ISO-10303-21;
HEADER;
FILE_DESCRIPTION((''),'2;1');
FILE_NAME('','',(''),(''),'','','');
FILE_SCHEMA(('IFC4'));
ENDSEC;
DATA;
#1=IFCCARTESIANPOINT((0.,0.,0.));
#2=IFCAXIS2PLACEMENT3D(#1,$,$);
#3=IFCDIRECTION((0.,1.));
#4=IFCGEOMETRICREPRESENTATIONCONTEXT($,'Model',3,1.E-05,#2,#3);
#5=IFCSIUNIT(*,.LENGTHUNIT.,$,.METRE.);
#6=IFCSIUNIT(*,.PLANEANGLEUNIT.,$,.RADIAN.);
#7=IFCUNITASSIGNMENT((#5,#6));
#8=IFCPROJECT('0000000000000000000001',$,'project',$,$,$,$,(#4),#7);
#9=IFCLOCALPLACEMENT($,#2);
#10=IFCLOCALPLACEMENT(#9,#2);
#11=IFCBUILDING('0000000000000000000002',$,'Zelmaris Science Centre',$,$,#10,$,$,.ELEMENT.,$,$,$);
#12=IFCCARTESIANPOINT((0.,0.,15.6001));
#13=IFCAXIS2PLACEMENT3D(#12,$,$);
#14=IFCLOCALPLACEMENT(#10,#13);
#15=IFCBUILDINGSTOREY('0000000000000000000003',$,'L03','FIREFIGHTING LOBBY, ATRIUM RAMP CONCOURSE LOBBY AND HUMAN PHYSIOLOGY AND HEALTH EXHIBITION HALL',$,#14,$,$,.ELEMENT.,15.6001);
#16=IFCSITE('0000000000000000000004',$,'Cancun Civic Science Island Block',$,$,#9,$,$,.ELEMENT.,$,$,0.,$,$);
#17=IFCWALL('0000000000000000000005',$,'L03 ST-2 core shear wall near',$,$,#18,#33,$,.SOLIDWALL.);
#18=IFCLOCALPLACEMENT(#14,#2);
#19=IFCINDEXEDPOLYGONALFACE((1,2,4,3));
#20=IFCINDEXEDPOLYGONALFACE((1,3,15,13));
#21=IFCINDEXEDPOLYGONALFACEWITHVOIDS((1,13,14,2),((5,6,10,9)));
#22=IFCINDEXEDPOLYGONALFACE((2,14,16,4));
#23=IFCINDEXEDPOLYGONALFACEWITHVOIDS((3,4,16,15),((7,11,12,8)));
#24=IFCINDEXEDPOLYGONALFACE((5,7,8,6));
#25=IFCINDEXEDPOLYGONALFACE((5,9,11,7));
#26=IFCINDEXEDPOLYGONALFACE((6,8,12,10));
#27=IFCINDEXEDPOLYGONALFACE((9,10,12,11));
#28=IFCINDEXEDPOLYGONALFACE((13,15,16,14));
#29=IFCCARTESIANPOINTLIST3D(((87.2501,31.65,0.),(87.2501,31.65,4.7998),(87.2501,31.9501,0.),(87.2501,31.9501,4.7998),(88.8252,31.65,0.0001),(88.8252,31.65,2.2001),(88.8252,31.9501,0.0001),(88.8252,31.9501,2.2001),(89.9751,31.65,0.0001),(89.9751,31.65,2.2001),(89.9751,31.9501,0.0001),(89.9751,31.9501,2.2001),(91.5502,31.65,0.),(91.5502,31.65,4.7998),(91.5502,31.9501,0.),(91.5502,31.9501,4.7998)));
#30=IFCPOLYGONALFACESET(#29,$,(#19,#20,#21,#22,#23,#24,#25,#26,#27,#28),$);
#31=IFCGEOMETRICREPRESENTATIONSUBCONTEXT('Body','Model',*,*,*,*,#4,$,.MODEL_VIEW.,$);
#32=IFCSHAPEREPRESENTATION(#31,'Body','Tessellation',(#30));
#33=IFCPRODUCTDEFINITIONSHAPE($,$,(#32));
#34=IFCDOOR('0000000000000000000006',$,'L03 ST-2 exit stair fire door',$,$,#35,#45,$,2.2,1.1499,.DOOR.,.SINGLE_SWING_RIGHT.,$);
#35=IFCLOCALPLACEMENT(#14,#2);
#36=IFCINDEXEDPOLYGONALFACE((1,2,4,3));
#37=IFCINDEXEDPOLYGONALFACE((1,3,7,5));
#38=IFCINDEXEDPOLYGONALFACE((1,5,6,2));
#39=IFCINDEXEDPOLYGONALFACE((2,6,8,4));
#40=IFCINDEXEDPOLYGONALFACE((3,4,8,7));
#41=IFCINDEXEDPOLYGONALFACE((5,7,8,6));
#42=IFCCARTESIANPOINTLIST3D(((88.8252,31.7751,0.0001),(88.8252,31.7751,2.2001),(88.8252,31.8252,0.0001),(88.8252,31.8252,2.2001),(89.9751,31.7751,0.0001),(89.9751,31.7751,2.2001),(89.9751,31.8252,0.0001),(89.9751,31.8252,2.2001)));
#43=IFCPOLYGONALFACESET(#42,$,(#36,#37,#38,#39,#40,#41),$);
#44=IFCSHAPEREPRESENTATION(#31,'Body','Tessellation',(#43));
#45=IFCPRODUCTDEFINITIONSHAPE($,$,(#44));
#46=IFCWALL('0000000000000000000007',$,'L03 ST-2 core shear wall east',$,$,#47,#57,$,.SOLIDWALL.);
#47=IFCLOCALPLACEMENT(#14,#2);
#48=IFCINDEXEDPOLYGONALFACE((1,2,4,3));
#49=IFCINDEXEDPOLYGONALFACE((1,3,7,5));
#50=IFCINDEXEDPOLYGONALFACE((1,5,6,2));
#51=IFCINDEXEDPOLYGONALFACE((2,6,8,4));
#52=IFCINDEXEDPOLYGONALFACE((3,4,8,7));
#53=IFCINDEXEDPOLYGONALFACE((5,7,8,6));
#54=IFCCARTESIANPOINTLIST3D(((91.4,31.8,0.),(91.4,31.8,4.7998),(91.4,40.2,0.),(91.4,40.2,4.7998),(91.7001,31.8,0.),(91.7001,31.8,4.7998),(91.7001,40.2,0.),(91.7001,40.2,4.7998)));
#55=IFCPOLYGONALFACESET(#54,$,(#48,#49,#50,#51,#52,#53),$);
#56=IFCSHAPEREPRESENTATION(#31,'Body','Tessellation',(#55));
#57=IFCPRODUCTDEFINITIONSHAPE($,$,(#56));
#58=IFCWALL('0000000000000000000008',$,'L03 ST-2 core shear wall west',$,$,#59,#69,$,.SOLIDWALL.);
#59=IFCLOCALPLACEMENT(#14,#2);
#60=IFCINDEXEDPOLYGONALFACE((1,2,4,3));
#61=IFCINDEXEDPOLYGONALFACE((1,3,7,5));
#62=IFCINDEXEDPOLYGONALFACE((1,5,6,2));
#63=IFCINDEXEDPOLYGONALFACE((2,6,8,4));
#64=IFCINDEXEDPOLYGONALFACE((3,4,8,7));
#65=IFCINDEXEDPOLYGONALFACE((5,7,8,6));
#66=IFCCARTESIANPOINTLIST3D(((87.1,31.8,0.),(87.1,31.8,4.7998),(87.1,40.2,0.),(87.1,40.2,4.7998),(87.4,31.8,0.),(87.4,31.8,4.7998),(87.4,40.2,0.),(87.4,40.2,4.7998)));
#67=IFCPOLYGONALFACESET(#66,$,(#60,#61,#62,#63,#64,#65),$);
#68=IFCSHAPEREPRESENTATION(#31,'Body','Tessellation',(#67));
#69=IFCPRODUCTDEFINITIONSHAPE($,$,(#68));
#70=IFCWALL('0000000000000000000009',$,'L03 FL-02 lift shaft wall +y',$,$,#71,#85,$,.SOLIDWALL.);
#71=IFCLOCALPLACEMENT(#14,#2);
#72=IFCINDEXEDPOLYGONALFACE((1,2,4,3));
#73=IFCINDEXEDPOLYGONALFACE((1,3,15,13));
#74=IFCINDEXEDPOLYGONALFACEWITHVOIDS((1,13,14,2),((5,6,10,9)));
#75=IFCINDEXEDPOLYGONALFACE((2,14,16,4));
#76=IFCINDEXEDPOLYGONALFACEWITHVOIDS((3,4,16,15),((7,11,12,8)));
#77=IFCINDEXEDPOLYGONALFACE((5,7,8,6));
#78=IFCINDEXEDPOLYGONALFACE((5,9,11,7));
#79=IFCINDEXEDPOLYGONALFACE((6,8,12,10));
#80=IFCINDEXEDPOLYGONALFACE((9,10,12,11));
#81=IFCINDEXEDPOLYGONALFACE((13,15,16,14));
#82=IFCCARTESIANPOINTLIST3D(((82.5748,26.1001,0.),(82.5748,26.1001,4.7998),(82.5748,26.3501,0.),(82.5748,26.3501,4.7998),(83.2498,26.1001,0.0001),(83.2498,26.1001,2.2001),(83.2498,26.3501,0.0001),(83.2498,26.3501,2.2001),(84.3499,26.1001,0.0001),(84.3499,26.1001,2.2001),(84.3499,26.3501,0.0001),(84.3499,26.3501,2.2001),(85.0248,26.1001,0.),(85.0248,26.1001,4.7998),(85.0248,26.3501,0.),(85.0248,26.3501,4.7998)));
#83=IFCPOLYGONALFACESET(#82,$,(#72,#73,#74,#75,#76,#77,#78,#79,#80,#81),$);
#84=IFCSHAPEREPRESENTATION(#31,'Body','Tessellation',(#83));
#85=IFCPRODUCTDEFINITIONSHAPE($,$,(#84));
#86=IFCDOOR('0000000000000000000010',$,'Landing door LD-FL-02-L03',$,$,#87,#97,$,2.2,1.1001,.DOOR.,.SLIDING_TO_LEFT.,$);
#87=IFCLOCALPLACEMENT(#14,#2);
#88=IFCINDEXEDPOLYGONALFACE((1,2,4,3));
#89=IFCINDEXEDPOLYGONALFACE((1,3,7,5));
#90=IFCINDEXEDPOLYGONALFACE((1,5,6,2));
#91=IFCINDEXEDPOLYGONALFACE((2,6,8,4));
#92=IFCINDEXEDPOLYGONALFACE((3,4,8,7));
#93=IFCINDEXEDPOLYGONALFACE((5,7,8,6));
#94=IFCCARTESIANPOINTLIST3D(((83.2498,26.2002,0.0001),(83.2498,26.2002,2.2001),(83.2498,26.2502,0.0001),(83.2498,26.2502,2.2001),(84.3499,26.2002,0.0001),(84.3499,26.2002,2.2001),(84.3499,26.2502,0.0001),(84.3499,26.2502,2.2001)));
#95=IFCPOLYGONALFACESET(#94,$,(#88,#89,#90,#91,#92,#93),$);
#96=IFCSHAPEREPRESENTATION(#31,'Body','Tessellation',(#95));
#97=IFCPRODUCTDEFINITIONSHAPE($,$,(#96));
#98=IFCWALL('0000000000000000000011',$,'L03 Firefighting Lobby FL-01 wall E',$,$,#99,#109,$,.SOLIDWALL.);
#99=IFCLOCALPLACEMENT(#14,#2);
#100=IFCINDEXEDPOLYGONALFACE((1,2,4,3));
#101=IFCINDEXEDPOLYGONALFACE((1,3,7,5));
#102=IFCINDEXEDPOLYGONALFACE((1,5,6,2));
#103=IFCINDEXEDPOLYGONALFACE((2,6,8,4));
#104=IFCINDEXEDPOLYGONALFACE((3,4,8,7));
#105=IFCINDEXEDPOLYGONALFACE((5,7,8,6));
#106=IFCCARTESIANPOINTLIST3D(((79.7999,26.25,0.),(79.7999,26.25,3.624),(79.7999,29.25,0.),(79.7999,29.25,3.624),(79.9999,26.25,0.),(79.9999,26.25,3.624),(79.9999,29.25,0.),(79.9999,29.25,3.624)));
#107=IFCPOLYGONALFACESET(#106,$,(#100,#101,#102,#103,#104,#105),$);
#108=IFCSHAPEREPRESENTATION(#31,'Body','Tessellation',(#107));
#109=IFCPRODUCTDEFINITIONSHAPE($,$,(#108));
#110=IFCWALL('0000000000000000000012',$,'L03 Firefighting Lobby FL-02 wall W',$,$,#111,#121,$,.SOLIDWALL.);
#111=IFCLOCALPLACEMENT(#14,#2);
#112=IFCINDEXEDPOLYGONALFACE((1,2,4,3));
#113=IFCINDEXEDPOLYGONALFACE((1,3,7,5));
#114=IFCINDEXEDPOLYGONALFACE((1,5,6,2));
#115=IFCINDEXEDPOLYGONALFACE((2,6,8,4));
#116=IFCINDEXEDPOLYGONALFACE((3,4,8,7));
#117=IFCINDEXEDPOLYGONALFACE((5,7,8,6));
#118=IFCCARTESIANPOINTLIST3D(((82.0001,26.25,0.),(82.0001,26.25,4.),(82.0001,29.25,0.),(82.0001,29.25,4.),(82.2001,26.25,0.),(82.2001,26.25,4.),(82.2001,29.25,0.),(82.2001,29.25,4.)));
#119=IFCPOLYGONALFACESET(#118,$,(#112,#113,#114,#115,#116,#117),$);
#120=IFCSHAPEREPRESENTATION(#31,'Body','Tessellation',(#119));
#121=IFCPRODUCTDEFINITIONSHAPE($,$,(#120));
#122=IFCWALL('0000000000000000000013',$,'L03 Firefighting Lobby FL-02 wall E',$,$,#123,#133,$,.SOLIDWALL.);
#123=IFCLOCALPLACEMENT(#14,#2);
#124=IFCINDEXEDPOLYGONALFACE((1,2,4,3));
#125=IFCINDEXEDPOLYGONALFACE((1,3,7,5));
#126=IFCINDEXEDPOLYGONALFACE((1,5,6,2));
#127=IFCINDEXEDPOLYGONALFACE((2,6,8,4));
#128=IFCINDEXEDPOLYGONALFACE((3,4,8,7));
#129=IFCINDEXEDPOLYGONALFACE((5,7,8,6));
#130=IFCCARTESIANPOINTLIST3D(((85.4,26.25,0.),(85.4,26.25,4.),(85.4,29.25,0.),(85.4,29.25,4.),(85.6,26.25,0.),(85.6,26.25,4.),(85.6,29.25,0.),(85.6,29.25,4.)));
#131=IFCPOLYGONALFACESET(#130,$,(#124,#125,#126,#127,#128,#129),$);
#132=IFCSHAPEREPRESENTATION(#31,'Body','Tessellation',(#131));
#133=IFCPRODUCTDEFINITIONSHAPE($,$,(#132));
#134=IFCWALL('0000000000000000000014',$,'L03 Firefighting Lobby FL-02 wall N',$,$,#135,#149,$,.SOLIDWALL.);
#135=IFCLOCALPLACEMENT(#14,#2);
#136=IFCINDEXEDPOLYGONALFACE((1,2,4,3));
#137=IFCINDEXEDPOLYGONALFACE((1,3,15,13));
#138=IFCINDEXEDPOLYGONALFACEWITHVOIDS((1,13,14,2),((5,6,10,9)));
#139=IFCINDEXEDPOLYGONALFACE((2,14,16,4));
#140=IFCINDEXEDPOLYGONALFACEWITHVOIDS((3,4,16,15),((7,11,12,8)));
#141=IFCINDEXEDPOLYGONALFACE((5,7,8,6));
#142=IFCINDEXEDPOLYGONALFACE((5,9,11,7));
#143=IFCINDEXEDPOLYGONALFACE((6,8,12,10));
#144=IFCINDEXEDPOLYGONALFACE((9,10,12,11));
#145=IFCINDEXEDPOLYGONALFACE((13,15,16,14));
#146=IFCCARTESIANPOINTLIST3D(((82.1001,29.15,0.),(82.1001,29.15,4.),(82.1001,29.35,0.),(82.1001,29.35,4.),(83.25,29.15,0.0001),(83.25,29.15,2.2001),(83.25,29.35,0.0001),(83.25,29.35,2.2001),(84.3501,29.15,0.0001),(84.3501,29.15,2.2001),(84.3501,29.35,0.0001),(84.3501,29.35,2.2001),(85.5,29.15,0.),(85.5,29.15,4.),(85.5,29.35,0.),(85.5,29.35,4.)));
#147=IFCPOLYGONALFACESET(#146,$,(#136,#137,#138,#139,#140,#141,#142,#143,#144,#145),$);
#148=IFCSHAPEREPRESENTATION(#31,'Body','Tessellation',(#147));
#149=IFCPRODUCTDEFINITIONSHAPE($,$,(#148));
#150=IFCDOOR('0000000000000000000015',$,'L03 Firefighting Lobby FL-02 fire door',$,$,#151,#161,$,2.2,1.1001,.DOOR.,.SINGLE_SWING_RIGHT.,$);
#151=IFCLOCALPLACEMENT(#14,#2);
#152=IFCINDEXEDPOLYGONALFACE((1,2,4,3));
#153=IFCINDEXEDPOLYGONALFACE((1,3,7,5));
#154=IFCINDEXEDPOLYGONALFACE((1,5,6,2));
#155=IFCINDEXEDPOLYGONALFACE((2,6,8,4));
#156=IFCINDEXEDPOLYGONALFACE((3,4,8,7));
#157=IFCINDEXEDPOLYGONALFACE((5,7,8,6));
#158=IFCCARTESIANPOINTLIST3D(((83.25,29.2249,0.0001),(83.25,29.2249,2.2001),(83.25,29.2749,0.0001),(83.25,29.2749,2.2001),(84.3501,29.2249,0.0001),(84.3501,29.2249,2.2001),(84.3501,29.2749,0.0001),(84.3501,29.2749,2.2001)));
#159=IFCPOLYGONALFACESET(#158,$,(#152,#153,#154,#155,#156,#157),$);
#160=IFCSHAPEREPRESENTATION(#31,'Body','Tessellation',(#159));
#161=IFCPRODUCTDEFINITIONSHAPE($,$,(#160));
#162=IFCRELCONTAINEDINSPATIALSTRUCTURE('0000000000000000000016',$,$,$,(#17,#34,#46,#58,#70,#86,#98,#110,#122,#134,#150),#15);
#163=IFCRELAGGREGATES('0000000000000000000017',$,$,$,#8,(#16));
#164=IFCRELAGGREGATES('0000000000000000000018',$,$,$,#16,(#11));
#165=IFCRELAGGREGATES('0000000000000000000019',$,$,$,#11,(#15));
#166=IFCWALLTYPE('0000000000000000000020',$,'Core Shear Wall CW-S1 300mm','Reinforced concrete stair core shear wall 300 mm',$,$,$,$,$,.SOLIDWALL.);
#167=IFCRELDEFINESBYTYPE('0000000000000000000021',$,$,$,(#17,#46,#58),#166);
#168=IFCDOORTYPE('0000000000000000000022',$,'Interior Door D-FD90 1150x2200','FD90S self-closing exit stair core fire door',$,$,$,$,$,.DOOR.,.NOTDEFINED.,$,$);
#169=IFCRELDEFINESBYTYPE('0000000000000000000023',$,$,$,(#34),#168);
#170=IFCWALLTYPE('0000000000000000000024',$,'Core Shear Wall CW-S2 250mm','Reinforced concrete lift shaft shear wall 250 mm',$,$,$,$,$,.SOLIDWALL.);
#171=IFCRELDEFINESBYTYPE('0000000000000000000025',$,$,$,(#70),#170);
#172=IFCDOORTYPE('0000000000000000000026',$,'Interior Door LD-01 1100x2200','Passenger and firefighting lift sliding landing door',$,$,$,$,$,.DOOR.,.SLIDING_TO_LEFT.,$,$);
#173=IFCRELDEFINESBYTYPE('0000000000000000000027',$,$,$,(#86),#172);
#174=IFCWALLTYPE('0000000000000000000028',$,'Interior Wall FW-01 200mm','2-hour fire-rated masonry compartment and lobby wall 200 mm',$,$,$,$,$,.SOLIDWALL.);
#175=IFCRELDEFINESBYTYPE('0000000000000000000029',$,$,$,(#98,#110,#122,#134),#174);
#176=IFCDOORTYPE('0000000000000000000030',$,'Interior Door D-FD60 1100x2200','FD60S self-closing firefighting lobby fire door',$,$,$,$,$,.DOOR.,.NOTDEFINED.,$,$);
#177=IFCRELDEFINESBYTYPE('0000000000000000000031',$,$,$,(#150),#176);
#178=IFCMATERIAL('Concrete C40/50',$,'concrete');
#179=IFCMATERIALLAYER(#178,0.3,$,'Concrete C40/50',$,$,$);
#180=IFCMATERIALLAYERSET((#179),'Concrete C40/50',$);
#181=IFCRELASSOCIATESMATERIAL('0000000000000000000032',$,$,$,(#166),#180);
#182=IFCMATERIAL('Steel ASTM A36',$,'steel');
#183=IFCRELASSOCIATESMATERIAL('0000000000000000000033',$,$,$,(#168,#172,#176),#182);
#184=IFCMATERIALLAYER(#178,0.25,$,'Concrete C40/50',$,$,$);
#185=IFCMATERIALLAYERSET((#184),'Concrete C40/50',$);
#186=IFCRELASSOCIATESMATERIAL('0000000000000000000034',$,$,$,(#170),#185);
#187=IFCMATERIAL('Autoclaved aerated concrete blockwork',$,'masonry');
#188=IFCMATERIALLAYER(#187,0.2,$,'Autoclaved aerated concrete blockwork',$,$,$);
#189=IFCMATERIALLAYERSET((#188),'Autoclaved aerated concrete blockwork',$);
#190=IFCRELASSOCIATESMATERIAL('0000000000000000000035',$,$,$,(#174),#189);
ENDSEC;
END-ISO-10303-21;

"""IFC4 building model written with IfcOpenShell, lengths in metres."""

from ifc_helpers import new_model, si_unit, direction, frame, frame_2d, origin, place, context, subcontext, project, spatial, rectangle, extrude, material, layer, layer_set, type_object, element, fill, save


model = new_model("IFC4")

# Units and contexts
model_context = context("Model", 3, precision=1e-05, world=origin(), true_north=direction((0.0, 1.0)))
body_context = subcontext(model_context, "Body", "Model", "MODEL_VIEW")
ifc_project = project(units=[si_unit("LENGTHUNIT", "METRE"), si_unit("PLANEANGLEUNIT", "RADIAN")], contexts=[model_context])

# Site, building, storey
site_placement = place(None, origin())
site = spatial("IfcSite", under=ifc_project, at=site_placement, Name="Cancun Civic Science Island Block", CompositionType="ELEMENT", RefElevation=0.0)
building_placement = place(site_placement, origin())
building = spatial("IfcBuilding", under=site, at=building_placement, Name="Zelmaris Science Centre", CompositionType="ELEMENT")
storey_placement = place(building_placement, frame((0.0, 0.0, 15.6001)))
storey = spatial("IfcBuildingStorey", under=building, at=storey_placement, Name="L03", Description="FIREFIGHTING LOBBY, ATRIUM RAMP CONCOURSE LOBBY AND HUMAN PHYSIOLOGY AND HEALTH EXHIBITION HALL", CompositionType="ELEMENT", Elevation=15.6001)

# Wall, opening, door
ifc_material_1 = material(Name="Concrete C40/50", Category="concrete")
ifc_layer_1 = layer(ifc_material_1, 0.3, Name="Concrete C40/50")
ifc_layer_set_1 = layer_set([ifc_layer_1], Name="Concrete C40/50")
wall_type_1 = type_object("IfcWallType", Name="Core Shear Wall CW-S1 300mm", Description="Reinforced concrete stair core shear wall 300 mm", PredefinedType="SOLIDWALL", material=ifc_layer_set_1)
wall_1_placement = place(storey_placement, frame((91.55, 31.8, 0.0), z_axis=(0.0, 0.0, 1.0), x_axis=(-1.0, 0.0, 0.0)))
wall_1 = element("IfcWall", 1, at=wall_1_placement, inside=storey, type_object=wall_type_1, Name="L03 ST-2 core shear wall near", PredefinedType="SOLIDWALL", context=body_context, shape_type="SweptSolid", body=[
    extrude(rectangle(XDim=4.3, YDim=0.3, at=frame_2d((2.1499, 0.0))), origin(), (0.0, 0.0, 1.0), 4.7998),
])
opening_1_placement = place(wall_1_placement, frame((1.575, 0.0, 0.0)))
opening_1 = element("IfcOpeningElement", 2, at=opening_1_placement, cuts=wall_1, PredefinedType="OPENING", context=body_context, shape_type="SweptSolid", body=[
    extrude(rectangle(XDim=1.1499, YDim=2.2, at=frame_2d((0.575, 1.1001))), frame((0.0, 0.1599, 0.0), z_axis=(0.0, -1.0, 0.0), x_axis=(1.0, 0.0, 0.0)), (0.0, 0.0, 1.0), 0.3201),
])
ifc_material_2 = material(Name="Steel ASTM A36", Category="steel")
door_type_1 = type_object("IfcDoorType", Name="Interior Door D-FD90 1150x2200", Description="FD90S self-closing exit stair core fire door", OperationType="NOTDEFINED", PredefinedType="DOOR", material=ifc_material_2)
door_1_placement = place(opening_1_placement, origin())
door_1 = element("IfcDoor", 3, at=door_1_placement, inside=storey, type_object=door_type_1, Name="L03 ST-2 exit stair fire door", OperationType="SINGLE_SWING_RIGHT", OverallHeight=2.2, OverallWidth=1.1499, PredefinedType="DOOR", context=body_context, shape_type="SweptSolid", body=[
    extrude(rectangle(XDim=1.1499, YDim=2.2, at=frame_2d((0.575, 1.1001))), frame((0.0, 0.0249, 0.0), z_axis=(0.0, -1.0, 0.0), x_axis=(1.0, 0.0, 0.0)), (0.0, 0.0, 1.0), 0.05),
])
fill(opening_1, door_1)

# Walls
for number, where, z_axis, x_axis, name in (
    (4, (91.55, 31.8, 0.0), (0.0, 0.0, 1.0), (0.0, 1.0, 0.0), "L03 ST-2 core shear wall east"),
    (5, (87.25, 31.8, 0.0), (0.0, 0.0, 1.0), (0.0, 1.0, 0.0), "L03 ST-2 core shear wall west"),
):
    element("IfcWall", number, at=place(storey_placement, frame(where, z_axis=z_axis, x_axis=x_axis)), inside=storey, type_object=wall_type_1, Name=name, PredefinedType="SOLIDWALL", context=body_context, shape_type="SweptSolid", body=[
        extrude(rectangle(XDim=8.3999, YDim=0.3, at=frame_2d((4.2, 0.0))), origin(), (0.0, 0.0, 1.0), 4.7998),
    ])

# Wall, opening, door
ifc_layer_2 = layer(ifc_material_1, 0.25, Name="Concrete C40/50")
ifc_layer_set_2 = layer_set([ifc_layer_2], Name="Concrete C40/50")
wall_type_2 = type_object("IfcWallType", Name="Core Shear Wall CW-S2 250mm", Description="Reinforced concrete lift shaft shear wall 250 mm", PredefinedType="SOLIDWALL", material=ifc_layer_set_2)
wall_2_placement = place(storey_placement, frame((85.0249, 26.2251, 0.0), z_axis=(0.0, 0.0, 1.0), x_axis=(-1.0, 0.0, 0.0)))
wall_2 = element("IfcWall", 6, at=wall_2_placement, inside=storey, type_object=wall_type_2, Name="L03 FL-02 lift shaft wall +y", PredefinedType="SOLIDWALL", context=body_context, shape_type="SweptSolid", body=[
    extrude(rectangle(XDim=2.45, YDim=0.25, at=frame_2d((1.2251, 0.0))), origin(), (0.0, 0.0, 1.0), 4.7998),
])
opening_2_placement = place(wall_2_placement, frame((0.675, 0.0, 0.0)))
opening_2 = element("IfcOpeningElement", 7, at=opening_2_placement, cuts=wall_2, PredefinedType="OPENING", context=body_context, shape_type="SweptSolid", body=[
    extrude(rectangle(XDim=1.1001, YDim=2.2, at=frame_2d((0.55, 1.1001))), frame((0.0, 0.135, 0.0), z_axis=(0.0, -1.0, 0.0), x_axis=(1.0, 0.0, 0.0)), (0.0, 0.0, 1.0), 0.27),
])
door_type_2 = type_object("IfcDoorType", Name="Interior Door LD-01 1100x2200", Description="Passenger and firefighting lift sliding landing door", OperationType="SLIDING_TO_LEFT", PredefinedType="DOOR", material=ifc_material_2)
door_2_placement = place(opening_2_placement, origin())
door_2 = element("IfcDoor", 8, at=door_2_placement, inside=storey, type_object=door_type_2, Name="Landing door LD-FL-02-L03", OperationType="SLIDING_TO_LEFT", OverallHeight=2.2, OverallWidth=1.1001, PredefinedType="DOOR", context=body_context, shape_type="SweptSolid", body=[
    extrude(rectangle(XDim=1.1001, YDim=2.2, at=frame_2d((0.55, 1.1001))), frame((0.0, 0.0249, 0.0), z_axis=(0.0, -1.0, 0.0), x_axis=(1.0, 0.0, 0.0)), (0.0, 0.0, 1.0), 0.05),
])
fill(opening_2, door_2)

# Walls
ifc_material_3 = material(Name="Autoclaved aerated concrete blockwork", Category="masonry")
ifc_layer_3 = layer(ifc_material_3, 0.2, Name="Autoclaved aerated concrete blockwork")
ifc_layer_set_3 = layer_set([ifc_layer_3], Name="Autoclaved aerated concrete blockwork")
wall_type_3 = type_object("IfcWallType", Name="Interior Wall FW-01 200mm", Description="2-hour fire-rated masonry compartment and lobby wall 200 mm", PredefinedType="SOLIDWALL", material=ifc_layer_set_3)
wall_3_placement = place(storey_placement, frame((79.8999, 26.25, 0.0), z_axis=(0.0, 0.0, 1.0), x_axis=(0.0, 1.0, 0.0)))
element("IfcWall", 9, at=wall_3_placement, inside=storey, type_object=wall_type_3, Name="L03 Firefighting Lobby FL-01 wall E", PredefinedType="SOLIDWALL", context=body_context, shape_type="SweptSolid", body=[
    extrude(rectangle(XDim=3.0, YDim=0.2, at=frame_2d((1.5, 0.0))), origin(), (0.0, 0.0, 1.0), 3.624),
])
for number, where, z_axis, x_axis, name in (
    (10, (82.1001, 26.25, 0.0), (0.0, 0.0, 1.0), (0.0, 1.0, 0.0), "L03 Firefighting Lobby FL-02 wall W"),
    (11, (85.5, 26.25, 0.0), (0.0, 0.0, 1.0), (0.0, 1.0, 0.0), "L03 Firefighting Lobby FL-02 wall E"),
):
    element("IfcWall", number, at=place(storey_placement, frame(where, z_axis=z_axis, x_axis=x_axis)), inside=storey, type_object=wall_type_3, Name=name, PredefinedType="SOLIDWALL", context=body_context, shape_type="SweptSolid", body=[
        extrude(rectangle(XDim=3.0, YDim=0.2, at=frame_2d((1.5, 0.0))), origin(), (0.0, 0.0, 1.0), 4.0),
    ])

# Wall, opening, door
wall_4_placement = place(storey_placement, frame((82.1001, 29.25, 0.0), z_axis=(0.0, 0.0, 1.0), x_axis=(1.0, 0.0, 0.0)))
wall_4 = element("IfcWall", 12, at=wall_4_placement, inside=storey, type_object=wall_type_3, Name="L03 Firefighting Lobby FL-02 wall N", PredefinedType="SOLIDWALL", context=body_context, shape_type="SweptSolid", body=[
    extrude(rectangle(XDim=3.3999, YDim=0.2, at=frame_2d((1.7, 0.0))), origin(), (0.0, 0.0, 1.0), 4.0),
])
opening_3_placement = place(wall_4_placement, frame((1.1499, 0.0, 0.0)))
opening_3 = element("IfcOpeningElement", 13, at=opening_3_placement, cuts=wall_4, PredefinedType="OPENING", context=body_context, shape_type="SweptSolid", body=[
    extrude(rectangle(XDim=1.1001, YDim=2.2, at=frame_2d((0.55, 1.1001))), frame((0.0, 0.1099, 0.0), z_axis=(0.0, -1.0, 0.0), x_axis=(1.0, 0.0, 0.0)), (0.0, 0.0, 1.0), 0.22),
])
door_type_3 = type_object("IfcDoorType", Name="Interior Door D-FD60 1100x2200", Description="FD60S self-closing firefighting lobby fire door", OperationType="NOTDEFINED", PredefinedType="DOOR", material=ifc_material_2)
door_3_placement = place(opening_3_placement, origin())
door_3 = element("IfcDoor", 14, at=door_3_placement, inside=storey, type_object=door_type_3, Name="L03 Firefighting Lobby FL-02 fire door", OperationType="SINGLE_SWING_RIGHT", OverallHeight=2.2, OverallWidth=1.1001, PredefinedType="DOOR", context=body_context, shape_type="SweptSolid", body=[
    extrude(rectangle(XDim=1.1001, YDim=2.2, at=frame_2d((0.55, 1.1001))), frame((0.0, 0.0249, 0.0), z_axis=(0.0, -1.0, 0.0), x_axis=(1.0, 0.0, 0.0)), (0.0, 0.0, 1.0), 0.05),
])
fill(opening_3, door_3)

save(model, "model.ifc")
